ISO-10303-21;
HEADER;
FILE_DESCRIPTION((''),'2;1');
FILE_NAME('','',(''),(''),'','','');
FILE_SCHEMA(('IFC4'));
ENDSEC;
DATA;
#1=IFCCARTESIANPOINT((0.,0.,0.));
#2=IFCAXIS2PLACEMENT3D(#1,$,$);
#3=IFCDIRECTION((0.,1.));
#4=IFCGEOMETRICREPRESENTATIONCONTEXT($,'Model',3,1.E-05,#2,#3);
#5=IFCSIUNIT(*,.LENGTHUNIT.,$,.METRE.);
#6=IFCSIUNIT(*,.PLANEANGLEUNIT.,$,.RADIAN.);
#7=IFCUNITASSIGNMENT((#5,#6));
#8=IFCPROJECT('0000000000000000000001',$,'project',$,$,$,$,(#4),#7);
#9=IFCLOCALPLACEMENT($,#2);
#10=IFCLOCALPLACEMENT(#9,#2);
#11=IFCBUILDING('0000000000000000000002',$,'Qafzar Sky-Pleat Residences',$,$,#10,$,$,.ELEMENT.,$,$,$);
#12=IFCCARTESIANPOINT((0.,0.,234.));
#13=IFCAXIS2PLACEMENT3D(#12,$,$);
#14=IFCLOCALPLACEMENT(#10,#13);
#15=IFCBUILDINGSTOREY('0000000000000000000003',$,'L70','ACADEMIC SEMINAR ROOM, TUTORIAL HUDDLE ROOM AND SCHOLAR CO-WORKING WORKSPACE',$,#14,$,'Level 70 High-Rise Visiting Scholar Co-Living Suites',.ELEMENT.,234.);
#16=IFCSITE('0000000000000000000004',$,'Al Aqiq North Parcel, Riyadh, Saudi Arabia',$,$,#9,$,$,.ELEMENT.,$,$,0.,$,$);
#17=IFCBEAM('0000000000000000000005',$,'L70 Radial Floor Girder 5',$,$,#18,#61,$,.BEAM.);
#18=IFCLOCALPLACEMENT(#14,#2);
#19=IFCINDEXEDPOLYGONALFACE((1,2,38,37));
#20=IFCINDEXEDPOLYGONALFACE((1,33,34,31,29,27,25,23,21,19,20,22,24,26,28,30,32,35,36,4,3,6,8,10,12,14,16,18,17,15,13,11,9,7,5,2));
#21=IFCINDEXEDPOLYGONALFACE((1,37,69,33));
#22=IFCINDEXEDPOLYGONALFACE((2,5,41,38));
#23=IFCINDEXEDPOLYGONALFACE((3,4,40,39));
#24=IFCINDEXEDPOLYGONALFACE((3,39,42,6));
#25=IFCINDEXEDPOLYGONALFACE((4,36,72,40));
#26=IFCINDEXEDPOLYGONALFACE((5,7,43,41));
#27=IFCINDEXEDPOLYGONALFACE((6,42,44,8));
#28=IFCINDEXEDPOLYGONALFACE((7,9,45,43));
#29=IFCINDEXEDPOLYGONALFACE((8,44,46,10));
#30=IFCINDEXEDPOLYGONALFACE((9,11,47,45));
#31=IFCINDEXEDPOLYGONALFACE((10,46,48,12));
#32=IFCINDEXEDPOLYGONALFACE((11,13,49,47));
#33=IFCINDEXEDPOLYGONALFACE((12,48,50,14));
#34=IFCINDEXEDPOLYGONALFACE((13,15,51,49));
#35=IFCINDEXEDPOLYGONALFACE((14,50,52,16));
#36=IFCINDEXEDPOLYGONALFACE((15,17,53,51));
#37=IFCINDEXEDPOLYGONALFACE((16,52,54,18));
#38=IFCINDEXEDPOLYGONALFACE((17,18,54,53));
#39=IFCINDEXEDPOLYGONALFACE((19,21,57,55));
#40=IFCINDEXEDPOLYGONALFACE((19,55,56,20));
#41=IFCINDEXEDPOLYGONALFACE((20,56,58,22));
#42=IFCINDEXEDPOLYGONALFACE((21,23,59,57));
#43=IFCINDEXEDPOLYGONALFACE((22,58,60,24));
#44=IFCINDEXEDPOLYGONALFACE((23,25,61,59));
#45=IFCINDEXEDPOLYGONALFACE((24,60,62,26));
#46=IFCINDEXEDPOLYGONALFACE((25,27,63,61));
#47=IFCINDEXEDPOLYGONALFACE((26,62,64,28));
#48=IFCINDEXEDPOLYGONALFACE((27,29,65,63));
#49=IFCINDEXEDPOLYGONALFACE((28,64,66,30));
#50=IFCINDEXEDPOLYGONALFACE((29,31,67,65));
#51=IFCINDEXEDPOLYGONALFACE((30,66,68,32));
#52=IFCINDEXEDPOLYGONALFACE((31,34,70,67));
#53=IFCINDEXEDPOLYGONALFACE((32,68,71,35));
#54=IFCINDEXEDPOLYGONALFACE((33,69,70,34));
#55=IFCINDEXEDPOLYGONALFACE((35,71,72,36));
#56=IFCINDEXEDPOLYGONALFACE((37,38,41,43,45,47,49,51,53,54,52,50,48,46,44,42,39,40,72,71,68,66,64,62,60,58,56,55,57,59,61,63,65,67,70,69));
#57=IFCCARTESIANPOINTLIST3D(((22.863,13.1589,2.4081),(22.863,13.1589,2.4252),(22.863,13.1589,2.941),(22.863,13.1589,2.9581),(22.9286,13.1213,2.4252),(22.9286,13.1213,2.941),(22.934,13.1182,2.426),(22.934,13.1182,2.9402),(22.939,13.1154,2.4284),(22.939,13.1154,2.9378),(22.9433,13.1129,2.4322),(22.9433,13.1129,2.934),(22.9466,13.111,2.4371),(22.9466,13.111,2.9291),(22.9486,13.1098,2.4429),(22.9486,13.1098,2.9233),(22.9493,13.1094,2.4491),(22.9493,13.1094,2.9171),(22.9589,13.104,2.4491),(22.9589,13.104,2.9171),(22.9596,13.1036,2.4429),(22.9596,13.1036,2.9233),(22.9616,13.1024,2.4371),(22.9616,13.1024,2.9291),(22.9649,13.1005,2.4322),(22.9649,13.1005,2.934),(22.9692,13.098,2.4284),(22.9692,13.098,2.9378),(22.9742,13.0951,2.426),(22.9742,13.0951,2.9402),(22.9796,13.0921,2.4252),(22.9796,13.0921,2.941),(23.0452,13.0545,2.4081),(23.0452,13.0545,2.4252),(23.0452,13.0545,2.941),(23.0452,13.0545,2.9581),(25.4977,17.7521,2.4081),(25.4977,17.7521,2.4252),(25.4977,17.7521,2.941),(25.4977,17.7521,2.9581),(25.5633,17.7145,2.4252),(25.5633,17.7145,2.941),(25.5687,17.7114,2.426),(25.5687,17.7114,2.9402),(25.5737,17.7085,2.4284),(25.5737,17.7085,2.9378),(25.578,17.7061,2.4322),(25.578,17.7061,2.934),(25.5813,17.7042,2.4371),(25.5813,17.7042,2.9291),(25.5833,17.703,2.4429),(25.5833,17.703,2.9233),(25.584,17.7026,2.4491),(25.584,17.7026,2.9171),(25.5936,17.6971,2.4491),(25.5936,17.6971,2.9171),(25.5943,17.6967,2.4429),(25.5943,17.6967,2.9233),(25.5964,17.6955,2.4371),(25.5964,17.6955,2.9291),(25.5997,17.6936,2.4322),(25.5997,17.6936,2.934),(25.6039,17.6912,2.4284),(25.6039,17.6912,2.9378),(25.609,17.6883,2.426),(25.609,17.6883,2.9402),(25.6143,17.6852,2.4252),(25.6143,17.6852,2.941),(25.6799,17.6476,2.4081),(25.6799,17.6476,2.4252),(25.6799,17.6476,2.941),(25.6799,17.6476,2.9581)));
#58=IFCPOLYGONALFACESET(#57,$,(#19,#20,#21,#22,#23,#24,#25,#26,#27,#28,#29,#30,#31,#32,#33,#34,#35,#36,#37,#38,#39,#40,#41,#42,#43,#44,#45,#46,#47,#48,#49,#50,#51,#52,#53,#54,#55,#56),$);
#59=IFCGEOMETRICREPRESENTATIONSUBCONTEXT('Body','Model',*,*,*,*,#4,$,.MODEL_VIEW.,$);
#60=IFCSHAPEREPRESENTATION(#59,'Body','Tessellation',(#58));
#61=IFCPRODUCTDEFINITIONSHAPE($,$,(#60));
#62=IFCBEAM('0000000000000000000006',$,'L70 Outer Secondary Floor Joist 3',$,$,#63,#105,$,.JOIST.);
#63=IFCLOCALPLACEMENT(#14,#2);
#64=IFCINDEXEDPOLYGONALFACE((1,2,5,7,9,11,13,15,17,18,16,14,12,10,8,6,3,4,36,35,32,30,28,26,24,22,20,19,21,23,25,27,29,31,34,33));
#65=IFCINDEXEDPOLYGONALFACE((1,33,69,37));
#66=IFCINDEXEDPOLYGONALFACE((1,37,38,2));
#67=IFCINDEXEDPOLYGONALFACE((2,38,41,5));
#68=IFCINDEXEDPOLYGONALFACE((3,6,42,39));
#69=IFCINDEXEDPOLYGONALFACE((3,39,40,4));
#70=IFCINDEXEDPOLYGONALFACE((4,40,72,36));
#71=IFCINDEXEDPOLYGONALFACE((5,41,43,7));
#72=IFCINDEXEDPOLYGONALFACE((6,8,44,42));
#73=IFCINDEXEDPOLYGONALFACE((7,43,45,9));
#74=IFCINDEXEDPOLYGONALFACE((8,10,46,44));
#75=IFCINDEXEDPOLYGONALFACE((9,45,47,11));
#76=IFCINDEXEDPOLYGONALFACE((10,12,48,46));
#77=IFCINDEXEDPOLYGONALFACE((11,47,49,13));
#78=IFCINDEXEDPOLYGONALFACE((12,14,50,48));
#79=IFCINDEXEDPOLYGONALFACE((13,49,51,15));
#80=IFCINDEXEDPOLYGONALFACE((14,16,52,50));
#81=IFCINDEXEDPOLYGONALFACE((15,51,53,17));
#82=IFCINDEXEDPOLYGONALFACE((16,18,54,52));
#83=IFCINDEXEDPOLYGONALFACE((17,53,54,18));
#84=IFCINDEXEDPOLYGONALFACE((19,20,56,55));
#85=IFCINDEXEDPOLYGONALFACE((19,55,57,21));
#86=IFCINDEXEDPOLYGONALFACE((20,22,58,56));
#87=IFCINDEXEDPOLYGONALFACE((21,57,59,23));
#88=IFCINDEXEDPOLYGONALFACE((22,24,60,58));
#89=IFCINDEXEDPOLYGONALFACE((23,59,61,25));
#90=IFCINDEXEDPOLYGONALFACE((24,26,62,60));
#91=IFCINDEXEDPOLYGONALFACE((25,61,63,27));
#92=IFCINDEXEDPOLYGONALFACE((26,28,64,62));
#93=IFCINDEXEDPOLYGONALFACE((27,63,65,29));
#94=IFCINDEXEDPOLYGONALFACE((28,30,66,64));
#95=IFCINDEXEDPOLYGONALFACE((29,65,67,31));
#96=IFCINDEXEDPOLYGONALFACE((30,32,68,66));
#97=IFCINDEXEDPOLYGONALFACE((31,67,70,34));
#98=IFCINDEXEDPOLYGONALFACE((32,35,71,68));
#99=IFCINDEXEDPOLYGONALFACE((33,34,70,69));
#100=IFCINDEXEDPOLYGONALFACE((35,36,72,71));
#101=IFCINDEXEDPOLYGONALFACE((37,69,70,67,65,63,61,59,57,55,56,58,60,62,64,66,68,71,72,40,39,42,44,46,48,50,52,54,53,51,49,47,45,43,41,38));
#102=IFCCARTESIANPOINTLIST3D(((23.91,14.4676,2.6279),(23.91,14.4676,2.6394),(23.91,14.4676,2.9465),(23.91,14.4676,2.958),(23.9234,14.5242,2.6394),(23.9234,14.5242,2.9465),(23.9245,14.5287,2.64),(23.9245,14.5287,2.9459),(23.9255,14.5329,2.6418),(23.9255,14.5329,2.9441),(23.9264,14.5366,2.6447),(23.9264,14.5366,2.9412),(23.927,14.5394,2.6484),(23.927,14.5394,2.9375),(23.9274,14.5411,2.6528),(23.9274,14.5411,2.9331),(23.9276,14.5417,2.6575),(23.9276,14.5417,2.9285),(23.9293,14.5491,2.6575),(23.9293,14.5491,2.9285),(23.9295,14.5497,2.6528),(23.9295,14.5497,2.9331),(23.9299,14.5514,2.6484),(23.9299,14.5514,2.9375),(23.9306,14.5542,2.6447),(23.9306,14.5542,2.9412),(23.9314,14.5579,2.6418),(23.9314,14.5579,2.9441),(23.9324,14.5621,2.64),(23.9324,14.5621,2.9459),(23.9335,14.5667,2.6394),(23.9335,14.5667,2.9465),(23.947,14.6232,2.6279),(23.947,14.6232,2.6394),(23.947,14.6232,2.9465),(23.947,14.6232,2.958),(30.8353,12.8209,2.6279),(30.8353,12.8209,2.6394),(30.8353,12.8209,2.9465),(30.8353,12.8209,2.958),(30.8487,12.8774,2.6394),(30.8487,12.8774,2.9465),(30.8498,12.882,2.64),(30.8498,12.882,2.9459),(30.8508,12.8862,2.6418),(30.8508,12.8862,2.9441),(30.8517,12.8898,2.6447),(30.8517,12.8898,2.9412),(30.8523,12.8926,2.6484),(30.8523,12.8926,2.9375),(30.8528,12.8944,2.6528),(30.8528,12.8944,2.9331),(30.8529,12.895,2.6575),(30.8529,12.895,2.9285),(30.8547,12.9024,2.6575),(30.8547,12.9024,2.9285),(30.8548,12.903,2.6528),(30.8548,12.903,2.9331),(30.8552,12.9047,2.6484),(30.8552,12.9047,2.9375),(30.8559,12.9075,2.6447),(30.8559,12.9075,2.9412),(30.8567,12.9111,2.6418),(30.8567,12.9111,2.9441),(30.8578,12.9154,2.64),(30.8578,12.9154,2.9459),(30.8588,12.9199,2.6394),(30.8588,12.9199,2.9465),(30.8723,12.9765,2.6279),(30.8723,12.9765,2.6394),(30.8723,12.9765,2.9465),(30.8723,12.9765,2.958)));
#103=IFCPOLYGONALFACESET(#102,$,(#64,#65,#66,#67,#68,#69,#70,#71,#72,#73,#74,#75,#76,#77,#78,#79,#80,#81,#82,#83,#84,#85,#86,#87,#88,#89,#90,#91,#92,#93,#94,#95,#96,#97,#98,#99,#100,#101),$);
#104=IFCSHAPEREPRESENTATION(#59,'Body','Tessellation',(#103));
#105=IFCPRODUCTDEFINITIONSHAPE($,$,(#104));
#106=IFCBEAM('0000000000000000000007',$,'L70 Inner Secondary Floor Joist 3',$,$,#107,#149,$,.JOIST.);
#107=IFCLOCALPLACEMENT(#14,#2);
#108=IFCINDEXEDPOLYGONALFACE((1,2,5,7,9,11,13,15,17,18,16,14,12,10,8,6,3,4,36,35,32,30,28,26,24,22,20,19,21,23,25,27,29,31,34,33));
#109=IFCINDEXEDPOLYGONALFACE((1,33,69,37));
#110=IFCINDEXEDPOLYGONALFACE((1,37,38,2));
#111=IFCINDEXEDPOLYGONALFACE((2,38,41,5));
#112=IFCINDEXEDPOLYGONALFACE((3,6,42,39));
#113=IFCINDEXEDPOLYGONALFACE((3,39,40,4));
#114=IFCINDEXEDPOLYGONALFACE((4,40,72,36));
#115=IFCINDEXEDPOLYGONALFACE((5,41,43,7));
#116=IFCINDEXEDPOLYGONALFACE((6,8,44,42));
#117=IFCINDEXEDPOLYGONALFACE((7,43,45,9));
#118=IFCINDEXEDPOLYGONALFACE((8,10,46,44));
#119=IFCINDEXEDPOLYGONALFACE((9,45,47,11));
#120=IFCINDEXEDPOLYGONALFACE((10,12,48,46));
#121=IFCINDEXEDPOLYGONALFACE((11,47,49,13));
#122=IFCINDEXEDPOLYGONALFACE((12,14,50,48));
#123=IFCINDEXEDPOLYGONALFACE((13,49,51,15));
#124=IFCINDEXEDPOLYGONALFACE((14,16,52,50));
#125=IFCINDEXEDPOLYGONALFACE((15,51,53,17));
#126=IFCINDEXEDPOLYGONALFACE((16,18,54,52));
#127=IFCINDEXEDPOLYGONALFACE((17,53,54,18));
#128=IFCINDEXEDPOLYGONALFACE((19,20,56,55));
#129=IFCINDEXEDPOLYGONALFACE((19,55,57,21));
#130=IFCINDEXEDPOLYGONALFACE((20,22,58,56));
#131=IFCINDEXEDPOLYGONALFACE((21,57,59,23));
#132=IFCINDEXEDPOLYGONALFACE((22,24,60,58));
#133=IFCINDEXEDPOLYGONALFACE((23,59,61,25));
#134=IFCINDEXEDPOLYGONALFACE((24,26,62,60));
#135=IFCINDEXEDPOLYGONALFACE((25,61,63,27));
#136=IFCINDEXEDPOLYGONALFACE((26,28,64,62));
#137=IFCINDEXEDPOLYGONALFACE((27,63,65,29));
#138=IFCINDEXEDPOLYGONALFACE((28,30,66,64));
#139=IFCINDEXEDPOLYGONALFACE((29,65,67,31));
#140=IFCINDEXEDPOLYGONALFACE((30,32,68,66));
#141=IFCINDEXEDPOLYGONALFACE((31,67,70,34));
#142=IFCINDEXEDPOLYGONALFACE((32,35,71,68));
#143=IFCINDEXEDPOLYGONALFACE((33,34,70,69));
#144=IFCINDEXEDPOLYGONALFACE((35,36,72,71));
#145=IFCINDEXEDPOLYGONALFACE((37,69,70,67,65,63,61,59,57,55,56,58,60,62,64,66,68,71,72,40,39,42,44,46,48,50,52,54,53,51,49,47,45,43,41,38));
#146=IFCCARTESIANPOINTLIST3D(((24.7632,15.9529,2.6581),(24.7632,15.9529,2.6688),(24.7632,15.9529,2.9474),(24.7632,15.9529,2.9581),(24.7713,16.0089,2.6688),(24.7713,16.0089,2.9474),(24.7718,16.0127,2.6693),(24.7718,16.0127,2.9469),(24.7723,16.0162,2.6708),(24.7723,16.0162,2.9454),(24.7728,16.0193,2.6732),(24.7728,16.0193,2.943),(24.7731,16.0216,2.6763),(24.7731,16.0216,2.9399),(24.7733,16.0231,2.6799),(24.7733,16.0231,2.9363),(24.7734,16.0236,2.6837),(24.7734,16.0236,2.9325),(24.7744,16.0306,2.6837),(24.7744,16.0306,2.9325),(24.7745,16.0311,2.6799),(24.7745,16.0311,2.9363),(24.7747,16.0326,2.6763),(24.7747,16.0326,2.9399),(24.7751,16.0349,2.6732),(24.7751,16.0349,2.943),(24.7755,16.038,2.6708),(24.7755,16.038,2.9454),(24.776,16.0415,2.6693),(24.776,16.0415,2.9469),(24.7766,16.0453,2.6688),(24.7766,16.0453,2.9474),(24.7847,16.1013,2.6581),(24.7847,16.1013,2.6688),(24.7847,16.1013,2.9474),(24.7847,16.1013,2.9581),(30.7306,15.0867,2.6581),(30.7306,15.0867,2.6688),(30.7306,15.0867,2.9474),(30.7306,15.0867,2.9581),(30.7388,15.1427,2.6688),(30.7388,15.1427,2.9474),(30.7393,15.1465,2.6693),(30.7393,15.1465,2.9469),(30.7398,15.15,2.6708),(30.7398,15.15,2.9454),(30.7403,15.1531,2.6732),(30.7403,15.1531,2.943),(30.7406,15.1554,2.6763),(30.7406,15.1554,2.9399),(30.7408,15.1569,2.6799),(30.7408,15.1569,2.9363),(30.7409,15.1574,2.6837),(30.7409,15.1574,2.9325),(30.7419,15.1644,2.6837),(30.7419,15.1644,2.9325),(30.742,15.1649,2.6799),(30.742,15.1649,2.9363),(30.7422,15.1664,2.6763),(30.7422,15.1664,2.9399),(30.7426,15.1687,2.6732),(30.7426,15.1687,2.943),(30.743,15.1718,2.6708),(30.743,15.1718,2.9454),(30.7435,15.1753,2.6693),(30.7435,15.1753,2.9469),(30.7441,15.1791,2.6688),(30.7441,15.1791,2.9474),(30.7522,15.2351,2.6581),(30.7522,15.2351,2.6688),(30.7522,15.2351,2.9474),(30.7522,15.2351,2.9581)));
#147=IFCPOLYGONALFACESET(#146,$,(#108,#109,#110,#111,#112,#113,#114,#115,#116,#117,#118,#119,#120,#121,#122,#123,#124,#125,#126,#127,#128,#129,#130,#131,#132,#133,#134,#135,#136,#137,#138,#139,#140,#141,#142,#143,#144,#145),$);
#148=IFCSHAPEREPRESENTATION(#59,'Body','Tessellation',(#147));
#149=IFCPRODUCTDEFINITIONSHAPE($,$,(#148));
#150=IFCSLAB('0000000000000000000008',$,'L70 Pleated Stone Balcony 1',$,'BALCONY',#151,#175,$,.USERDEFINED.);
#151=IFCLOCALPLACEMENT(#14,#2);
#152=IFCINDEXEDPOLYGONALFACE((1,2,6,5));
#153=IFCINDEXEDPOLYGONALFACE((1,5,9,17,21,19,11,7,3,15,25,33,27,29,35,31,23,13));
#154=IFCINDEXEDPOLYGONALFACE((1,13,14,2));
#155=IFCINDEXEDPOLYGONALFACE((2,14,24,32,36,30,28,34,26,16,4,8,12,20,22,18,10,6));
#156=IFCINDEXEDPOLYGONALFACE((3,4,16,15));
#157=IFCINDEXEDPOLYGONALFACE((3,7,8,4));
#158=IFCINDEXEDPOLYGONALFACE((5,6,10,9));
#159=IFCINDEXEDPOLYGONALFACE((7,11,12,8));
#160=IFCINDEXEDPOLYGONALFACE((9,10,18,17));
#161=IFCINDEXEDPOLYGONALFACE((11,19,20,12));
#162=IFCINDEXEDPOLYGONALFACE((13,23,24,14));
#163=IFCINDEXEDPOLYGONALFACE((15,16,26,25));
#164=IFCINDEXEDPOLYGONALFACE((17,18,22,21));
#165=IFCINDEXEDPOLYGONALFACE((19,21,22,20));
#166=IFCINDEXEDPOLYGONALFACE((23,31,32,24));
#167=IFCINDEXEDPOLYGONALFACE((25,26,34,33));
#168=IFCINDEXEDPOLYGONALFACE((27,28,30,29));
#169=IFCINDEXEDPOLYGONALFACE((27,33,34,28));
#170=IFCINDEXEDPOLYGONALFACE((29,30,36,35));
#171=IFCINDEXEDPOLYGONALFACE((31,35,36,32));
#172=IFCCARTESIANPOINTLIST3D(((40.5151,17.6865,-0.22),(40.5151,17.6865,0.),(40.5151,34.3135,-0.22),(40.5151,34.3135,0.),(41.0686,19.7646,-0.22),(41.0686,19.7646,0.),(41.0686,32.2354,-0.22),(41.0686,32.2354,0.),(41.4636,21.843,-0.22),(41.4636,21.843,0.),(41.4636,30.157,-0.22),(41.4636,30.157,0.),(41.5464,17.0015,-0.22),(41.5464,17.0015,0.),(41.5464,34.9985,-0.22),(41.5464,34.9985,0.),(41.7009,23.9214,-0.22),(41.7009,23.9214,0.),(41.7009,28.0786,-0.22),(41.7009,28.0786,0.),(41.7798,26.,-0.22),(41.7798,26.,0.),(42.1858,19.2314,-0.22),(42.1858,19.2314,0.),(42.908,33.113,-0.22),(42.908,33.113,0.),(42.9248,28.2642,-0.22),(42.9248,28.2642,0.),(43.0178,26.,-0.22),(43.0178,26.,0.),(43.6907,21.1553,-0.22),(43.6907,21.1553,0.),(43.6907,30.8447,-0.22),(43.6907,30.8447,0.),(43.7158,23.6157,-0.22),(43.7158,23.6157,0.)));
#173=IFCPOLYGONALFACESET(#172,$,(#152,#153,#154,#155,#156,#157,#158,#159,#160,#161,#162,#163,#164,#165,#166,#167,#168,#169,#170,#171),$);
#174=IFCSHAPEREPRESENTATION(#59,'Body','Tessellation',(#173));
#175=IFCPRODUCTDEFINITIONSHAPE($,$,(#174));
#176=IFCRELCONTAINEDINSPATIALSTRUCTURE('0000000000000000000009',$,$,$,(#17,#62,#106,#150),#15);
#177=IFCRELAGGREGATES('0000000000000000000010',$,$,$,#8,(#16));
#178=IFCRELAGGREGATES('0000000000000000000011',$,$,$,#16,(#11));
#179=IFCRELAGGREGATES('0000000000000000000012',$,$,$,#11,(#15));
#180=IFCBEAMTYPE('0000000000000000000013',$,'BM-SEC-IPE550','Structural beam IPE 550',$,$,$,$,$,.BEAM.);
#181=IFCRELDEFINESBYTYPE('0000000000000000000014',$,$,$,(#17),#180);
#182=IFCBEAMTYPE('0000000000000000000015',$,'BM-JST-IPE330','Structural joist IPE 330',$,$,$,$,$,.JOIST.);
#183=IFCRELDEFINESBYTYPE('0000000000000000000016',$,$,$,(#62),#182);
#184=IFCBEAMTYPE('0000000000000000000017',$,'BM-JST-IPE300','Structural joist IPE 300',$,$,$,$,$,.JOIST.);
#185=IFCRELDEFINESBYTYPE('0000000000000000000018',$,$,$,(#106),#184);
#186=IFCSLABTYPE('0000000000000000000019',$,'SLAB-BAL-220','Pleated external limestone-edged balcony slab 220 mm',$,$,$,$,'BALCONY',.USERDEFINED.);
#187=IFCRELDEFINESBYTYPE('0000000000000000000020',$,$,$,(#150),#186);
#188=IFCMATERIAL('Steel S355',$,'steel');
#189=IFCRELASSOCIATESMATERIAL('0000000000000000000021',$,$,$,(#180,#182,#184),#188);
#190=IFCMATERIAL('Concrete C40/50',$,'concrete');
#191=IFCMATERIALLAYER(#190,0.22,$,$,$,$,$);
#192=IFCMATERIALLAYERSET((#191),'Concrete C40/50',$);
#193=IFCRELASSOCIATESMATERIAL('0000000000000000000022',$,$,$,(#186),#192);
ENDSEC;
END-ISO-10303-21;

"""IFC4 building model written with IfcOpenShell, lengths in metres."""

from ifc_helpers import new_model, si_unit, direction, frame, origin, origin_2d, place, context, subcontext, project, spatial, polyline, i_section, outline, extrude, source, transform, mapped, material, layer, layer_set, material_profile, profile_set, type_object, element, save


model = new_model("IFC4")

# Units and contexts
model_context = context("Model", 3, precision=1e-05, world=origin(), true_north=direction((0.0, 1.0)))
body_context = subcontext(model_context, "Body", "Model", "MODEL_VIEW")
ifc_project = project(units=[si_unit("LENGTHUNIT", "METRE"), si_unit("PLANEANGLEUNIT", "RADIAN")], contexts=[model_context])

# Site, building, storey
site_placement = place(None, origin())
site = spatial("IfcSite", under=ifc_project, at=site_placement, Name="Al Aqiq North Parcel, Riyadh, Saudi Arabia", CompositionType="ELEMENT", RefElevation=0.0)
building_placement = place(site_placement, origin())
building = spatial("IfcBuilding", under=site, at=building_placement, Name="Qafzar Sky-Pleat Residences", CompositionType="ELEMENT")
storey_placement = place(building_placement, frame((0.0, 0.0, 234.0)))
storey = spatial("IfcBuildingStorey", under=building, at=storey_placement, Name="L70", Description="ACADEMIC SEMINAR ROOM, TUTORIAL HUDDLE ROOM AND SCHOLAR CO-WORKING WORKSPACE", LongName="Level 70 High-Rise Visiting Scholar Co-Living Suites", CompositionType="ELEMENT", Elevation=234.0)

# Shared definitions
ifc_material_1 = material(Name="Steel S355", Category="steel")

# Beams
ifc_material_profile_1 = material_profile(ifc_material_1, i_section(OverallWidth=0.21, OverallDepth=0.55, WebThickness=0.011, FlangeThickness=0.0171, FilletRadius=0.0239, at=origin_2d()), Name="IPE 550")
ifc_profile_set_1 = profile_set([ifc_material_profile_1], Name="Steel S355")
beam_type_1 = type_object("IfcBeamType", Name="BM-SEC-IPE550", Description="Structural beam IPE 550", PredefinedType="BEAM", material=ifc_profile_set_1)
shared_shape_1 = source(origin(), body_context, "Body", "SweptSolid", [
    extrude(i_section(OverallWidth=0.21, OverallDepth=0.55, WebThickness=0.011, FlangeThickness=0.0171, FilletRadius=0.0239, at=origin_2d()), origin(), (0.0, 0.0, 1.0), 5.2952),
])
beam_1_placement = place(storey_placement, frame((22.9541, 13.1067, 2.6831), z_axis=(0.497568, 0.867425, 0.0), x_axis=(-0.867425, 0.497568, 0.0)))
element("IfcBeam", 1, at=beam_1_placement, inside=storey, type_object=beam_type_1, Name="L70 Radial Floor Girder 5", PredefinedType="BEAM", context=body_context, shape_type="MappedRepresentation", body=[
    mapped(shared_shape_1, transform((0.0, 0.0, 0.0), x_axis=(1.0, 0.0, 0.0), y_axis=(0.0, 1.0, 0.0), z_axis=(0.0, 0.0, 1.0), scale=1.0)),
])
ifc_material_profile_2 = material_profile(ifc_material_1, i_section(OverallWidth=0.1599, OverallDepth=0.3301, WebThickness=0.0076, FlangeThickness=0.0115, FilletRadius=0.0181, at=origin_2d()), Name="IPE 330")
ifc_profile_set_2 = profile_set([ifc_material_profile_2], Name="Steel S355")
beam_type_2 = type_object("IfcBeamType", Name="BM-JST-IPE330", Description="Structural joist IPE 330", PredefinedType="JOIST", material=ifc_profile_set_2)
shared_shape_2 = source(origin(), body_context, "Body", "SweptSolid", [
    extrude(i_section(OverallWidth=0.1599, OverallDepth=0.3301, WebThickness=0.0076, FlangeThickness=0.0115, FilletRadius=0.0181, at=origin_2d()), origin(), (0.0, 0.0, 1.0), 7.1184),
])
beam_2_placement = place(storey_placement, frame((23.9285, 14.5454, 2.793), z_axis=(0.972874, -0.231335, 0.0), x_axis=(0.231335, 0.972874, 0.0)))
element("IfcBeam", 2, at=beam_2_placement, inside=storey, type_object=beam_type_2, Name="L70 Outer Secondary Floor Joist 3", PredefinedType="JOIST", context=body_context, shape_type="MappedRepresentation", body=[
    mapped(shared_shape_2, transform((0.0, 0.0, 0.0), x_axis=(1.0, 0.0, 0.0), y_axis=(0.0, 1.0, 0.0), z_axis=(0.0, 0.0, 1.0), scale=1.0)),
])
ifc_material_profile_3 = material_profile(ifc_material_1, i_section(OverallWidth=0.1499, OverallDepth=0.3, WebThickness=0.0071, FlangeThickness=0.0107, FilletRadius=0.0149, at=origin_2d()), Name="IPE 300")
ifc_profile_set_3 = profile_set([ifc_material_profile_3], Name="Steel S355")
beam_type_3 = type_object("IfcBeamType", Name="BM-JST-IPE300", Description="Structural joist IPE 300", PredefinedType="JOIST", material=ifc_profile_set_3)
shared_shape_3 = source(origin(), body_context, "Body", "SweptSolid", [
    extrude(i_section(OverallWidth=0.1499, OverallDepth=0.3, WebThickness=0.0071, FlangeThickness=0.0107, FilletRadius=0.0149, at=origin_2d()), origin(), (0.0, 0.0, 1.0), 6.03),
])
beam_3_placement = place(storey_placement, frame((24.7739, 16.0271, 2.8081), z_axis=(0.989629, -0.143649, 0.0), x_axis=(0.143649, 0.989629, 0.0)))
element("IfcBeam", 3, at=beam_3_placement, inside=storey, type_object=beam_type_3, Name="L70 Inner Secondary Floor Joist 3", PredefinedType="JOIST", context=body_context, shape_type="MappedRepresentation", body=[
    mapped(shared_shape_3, transform((0.0, 0.0, 0.0), x_axis=(1.0, 0.0, 0.0), y_axis=(0.0, 1.0, 0.0), z_axis=(0.0, 0.0, 1.0), scale=1.0)),
])

# Slab
ifc_material_2 = material(Name="Concrete C40/50", Category="concrete")
ifc_layer_1 = layer(ifc_material_2, 0.22)
ifc_layer_set_1 = layer_set([ifc_layer_1], Name="Concrete C40/50")
slab_type_1 = type_object("IfcSlabType", Name="SLAB-BAL-220", Description="Pleated external limestone-edged balcony slab 220 mm", ElementType="BALCONY", PredefinedType="USERDEFINED", material=ifc_layer_set_1)
slab_1_placement = place(storey_placement, frame((0.0, 0.0, -0.22)))
element("IfcSlab", 4, at=slab_1_placement, inside=storey, type_object=slab_type_1, Name="L70 Pleated Stone Balcony 1", ObjectType="BALCONY", PredefinedType="USERDEFINED", context=body_context, shape_type="SweptSolid", body=[
    extrude(outline(polyline([(41.0686, 19.7646), (41.4636, 21.843), (41.7009, 23.9214), (41.7798, 26.0), (41.7009, 28.0786), (41.4636, 30.157), (41.0686, 32.2354), (40.5151, 34.3135), (41.5464, 34.9985), (42.908, 33.113), (43.6907, 30.8447), (42.9248, 28.2642), (43.0178, 26.0), (43.7158, 23.6157), (43.6907, 21.1553), (42.1858, 19.2314), (41.5464, 17.0015), (40.5151, 17.6865), (41.0686, 19.7646)])), origin(), (0.0, 0.0, 1.0), 0.22),
])

save(model, "model.ifc")
